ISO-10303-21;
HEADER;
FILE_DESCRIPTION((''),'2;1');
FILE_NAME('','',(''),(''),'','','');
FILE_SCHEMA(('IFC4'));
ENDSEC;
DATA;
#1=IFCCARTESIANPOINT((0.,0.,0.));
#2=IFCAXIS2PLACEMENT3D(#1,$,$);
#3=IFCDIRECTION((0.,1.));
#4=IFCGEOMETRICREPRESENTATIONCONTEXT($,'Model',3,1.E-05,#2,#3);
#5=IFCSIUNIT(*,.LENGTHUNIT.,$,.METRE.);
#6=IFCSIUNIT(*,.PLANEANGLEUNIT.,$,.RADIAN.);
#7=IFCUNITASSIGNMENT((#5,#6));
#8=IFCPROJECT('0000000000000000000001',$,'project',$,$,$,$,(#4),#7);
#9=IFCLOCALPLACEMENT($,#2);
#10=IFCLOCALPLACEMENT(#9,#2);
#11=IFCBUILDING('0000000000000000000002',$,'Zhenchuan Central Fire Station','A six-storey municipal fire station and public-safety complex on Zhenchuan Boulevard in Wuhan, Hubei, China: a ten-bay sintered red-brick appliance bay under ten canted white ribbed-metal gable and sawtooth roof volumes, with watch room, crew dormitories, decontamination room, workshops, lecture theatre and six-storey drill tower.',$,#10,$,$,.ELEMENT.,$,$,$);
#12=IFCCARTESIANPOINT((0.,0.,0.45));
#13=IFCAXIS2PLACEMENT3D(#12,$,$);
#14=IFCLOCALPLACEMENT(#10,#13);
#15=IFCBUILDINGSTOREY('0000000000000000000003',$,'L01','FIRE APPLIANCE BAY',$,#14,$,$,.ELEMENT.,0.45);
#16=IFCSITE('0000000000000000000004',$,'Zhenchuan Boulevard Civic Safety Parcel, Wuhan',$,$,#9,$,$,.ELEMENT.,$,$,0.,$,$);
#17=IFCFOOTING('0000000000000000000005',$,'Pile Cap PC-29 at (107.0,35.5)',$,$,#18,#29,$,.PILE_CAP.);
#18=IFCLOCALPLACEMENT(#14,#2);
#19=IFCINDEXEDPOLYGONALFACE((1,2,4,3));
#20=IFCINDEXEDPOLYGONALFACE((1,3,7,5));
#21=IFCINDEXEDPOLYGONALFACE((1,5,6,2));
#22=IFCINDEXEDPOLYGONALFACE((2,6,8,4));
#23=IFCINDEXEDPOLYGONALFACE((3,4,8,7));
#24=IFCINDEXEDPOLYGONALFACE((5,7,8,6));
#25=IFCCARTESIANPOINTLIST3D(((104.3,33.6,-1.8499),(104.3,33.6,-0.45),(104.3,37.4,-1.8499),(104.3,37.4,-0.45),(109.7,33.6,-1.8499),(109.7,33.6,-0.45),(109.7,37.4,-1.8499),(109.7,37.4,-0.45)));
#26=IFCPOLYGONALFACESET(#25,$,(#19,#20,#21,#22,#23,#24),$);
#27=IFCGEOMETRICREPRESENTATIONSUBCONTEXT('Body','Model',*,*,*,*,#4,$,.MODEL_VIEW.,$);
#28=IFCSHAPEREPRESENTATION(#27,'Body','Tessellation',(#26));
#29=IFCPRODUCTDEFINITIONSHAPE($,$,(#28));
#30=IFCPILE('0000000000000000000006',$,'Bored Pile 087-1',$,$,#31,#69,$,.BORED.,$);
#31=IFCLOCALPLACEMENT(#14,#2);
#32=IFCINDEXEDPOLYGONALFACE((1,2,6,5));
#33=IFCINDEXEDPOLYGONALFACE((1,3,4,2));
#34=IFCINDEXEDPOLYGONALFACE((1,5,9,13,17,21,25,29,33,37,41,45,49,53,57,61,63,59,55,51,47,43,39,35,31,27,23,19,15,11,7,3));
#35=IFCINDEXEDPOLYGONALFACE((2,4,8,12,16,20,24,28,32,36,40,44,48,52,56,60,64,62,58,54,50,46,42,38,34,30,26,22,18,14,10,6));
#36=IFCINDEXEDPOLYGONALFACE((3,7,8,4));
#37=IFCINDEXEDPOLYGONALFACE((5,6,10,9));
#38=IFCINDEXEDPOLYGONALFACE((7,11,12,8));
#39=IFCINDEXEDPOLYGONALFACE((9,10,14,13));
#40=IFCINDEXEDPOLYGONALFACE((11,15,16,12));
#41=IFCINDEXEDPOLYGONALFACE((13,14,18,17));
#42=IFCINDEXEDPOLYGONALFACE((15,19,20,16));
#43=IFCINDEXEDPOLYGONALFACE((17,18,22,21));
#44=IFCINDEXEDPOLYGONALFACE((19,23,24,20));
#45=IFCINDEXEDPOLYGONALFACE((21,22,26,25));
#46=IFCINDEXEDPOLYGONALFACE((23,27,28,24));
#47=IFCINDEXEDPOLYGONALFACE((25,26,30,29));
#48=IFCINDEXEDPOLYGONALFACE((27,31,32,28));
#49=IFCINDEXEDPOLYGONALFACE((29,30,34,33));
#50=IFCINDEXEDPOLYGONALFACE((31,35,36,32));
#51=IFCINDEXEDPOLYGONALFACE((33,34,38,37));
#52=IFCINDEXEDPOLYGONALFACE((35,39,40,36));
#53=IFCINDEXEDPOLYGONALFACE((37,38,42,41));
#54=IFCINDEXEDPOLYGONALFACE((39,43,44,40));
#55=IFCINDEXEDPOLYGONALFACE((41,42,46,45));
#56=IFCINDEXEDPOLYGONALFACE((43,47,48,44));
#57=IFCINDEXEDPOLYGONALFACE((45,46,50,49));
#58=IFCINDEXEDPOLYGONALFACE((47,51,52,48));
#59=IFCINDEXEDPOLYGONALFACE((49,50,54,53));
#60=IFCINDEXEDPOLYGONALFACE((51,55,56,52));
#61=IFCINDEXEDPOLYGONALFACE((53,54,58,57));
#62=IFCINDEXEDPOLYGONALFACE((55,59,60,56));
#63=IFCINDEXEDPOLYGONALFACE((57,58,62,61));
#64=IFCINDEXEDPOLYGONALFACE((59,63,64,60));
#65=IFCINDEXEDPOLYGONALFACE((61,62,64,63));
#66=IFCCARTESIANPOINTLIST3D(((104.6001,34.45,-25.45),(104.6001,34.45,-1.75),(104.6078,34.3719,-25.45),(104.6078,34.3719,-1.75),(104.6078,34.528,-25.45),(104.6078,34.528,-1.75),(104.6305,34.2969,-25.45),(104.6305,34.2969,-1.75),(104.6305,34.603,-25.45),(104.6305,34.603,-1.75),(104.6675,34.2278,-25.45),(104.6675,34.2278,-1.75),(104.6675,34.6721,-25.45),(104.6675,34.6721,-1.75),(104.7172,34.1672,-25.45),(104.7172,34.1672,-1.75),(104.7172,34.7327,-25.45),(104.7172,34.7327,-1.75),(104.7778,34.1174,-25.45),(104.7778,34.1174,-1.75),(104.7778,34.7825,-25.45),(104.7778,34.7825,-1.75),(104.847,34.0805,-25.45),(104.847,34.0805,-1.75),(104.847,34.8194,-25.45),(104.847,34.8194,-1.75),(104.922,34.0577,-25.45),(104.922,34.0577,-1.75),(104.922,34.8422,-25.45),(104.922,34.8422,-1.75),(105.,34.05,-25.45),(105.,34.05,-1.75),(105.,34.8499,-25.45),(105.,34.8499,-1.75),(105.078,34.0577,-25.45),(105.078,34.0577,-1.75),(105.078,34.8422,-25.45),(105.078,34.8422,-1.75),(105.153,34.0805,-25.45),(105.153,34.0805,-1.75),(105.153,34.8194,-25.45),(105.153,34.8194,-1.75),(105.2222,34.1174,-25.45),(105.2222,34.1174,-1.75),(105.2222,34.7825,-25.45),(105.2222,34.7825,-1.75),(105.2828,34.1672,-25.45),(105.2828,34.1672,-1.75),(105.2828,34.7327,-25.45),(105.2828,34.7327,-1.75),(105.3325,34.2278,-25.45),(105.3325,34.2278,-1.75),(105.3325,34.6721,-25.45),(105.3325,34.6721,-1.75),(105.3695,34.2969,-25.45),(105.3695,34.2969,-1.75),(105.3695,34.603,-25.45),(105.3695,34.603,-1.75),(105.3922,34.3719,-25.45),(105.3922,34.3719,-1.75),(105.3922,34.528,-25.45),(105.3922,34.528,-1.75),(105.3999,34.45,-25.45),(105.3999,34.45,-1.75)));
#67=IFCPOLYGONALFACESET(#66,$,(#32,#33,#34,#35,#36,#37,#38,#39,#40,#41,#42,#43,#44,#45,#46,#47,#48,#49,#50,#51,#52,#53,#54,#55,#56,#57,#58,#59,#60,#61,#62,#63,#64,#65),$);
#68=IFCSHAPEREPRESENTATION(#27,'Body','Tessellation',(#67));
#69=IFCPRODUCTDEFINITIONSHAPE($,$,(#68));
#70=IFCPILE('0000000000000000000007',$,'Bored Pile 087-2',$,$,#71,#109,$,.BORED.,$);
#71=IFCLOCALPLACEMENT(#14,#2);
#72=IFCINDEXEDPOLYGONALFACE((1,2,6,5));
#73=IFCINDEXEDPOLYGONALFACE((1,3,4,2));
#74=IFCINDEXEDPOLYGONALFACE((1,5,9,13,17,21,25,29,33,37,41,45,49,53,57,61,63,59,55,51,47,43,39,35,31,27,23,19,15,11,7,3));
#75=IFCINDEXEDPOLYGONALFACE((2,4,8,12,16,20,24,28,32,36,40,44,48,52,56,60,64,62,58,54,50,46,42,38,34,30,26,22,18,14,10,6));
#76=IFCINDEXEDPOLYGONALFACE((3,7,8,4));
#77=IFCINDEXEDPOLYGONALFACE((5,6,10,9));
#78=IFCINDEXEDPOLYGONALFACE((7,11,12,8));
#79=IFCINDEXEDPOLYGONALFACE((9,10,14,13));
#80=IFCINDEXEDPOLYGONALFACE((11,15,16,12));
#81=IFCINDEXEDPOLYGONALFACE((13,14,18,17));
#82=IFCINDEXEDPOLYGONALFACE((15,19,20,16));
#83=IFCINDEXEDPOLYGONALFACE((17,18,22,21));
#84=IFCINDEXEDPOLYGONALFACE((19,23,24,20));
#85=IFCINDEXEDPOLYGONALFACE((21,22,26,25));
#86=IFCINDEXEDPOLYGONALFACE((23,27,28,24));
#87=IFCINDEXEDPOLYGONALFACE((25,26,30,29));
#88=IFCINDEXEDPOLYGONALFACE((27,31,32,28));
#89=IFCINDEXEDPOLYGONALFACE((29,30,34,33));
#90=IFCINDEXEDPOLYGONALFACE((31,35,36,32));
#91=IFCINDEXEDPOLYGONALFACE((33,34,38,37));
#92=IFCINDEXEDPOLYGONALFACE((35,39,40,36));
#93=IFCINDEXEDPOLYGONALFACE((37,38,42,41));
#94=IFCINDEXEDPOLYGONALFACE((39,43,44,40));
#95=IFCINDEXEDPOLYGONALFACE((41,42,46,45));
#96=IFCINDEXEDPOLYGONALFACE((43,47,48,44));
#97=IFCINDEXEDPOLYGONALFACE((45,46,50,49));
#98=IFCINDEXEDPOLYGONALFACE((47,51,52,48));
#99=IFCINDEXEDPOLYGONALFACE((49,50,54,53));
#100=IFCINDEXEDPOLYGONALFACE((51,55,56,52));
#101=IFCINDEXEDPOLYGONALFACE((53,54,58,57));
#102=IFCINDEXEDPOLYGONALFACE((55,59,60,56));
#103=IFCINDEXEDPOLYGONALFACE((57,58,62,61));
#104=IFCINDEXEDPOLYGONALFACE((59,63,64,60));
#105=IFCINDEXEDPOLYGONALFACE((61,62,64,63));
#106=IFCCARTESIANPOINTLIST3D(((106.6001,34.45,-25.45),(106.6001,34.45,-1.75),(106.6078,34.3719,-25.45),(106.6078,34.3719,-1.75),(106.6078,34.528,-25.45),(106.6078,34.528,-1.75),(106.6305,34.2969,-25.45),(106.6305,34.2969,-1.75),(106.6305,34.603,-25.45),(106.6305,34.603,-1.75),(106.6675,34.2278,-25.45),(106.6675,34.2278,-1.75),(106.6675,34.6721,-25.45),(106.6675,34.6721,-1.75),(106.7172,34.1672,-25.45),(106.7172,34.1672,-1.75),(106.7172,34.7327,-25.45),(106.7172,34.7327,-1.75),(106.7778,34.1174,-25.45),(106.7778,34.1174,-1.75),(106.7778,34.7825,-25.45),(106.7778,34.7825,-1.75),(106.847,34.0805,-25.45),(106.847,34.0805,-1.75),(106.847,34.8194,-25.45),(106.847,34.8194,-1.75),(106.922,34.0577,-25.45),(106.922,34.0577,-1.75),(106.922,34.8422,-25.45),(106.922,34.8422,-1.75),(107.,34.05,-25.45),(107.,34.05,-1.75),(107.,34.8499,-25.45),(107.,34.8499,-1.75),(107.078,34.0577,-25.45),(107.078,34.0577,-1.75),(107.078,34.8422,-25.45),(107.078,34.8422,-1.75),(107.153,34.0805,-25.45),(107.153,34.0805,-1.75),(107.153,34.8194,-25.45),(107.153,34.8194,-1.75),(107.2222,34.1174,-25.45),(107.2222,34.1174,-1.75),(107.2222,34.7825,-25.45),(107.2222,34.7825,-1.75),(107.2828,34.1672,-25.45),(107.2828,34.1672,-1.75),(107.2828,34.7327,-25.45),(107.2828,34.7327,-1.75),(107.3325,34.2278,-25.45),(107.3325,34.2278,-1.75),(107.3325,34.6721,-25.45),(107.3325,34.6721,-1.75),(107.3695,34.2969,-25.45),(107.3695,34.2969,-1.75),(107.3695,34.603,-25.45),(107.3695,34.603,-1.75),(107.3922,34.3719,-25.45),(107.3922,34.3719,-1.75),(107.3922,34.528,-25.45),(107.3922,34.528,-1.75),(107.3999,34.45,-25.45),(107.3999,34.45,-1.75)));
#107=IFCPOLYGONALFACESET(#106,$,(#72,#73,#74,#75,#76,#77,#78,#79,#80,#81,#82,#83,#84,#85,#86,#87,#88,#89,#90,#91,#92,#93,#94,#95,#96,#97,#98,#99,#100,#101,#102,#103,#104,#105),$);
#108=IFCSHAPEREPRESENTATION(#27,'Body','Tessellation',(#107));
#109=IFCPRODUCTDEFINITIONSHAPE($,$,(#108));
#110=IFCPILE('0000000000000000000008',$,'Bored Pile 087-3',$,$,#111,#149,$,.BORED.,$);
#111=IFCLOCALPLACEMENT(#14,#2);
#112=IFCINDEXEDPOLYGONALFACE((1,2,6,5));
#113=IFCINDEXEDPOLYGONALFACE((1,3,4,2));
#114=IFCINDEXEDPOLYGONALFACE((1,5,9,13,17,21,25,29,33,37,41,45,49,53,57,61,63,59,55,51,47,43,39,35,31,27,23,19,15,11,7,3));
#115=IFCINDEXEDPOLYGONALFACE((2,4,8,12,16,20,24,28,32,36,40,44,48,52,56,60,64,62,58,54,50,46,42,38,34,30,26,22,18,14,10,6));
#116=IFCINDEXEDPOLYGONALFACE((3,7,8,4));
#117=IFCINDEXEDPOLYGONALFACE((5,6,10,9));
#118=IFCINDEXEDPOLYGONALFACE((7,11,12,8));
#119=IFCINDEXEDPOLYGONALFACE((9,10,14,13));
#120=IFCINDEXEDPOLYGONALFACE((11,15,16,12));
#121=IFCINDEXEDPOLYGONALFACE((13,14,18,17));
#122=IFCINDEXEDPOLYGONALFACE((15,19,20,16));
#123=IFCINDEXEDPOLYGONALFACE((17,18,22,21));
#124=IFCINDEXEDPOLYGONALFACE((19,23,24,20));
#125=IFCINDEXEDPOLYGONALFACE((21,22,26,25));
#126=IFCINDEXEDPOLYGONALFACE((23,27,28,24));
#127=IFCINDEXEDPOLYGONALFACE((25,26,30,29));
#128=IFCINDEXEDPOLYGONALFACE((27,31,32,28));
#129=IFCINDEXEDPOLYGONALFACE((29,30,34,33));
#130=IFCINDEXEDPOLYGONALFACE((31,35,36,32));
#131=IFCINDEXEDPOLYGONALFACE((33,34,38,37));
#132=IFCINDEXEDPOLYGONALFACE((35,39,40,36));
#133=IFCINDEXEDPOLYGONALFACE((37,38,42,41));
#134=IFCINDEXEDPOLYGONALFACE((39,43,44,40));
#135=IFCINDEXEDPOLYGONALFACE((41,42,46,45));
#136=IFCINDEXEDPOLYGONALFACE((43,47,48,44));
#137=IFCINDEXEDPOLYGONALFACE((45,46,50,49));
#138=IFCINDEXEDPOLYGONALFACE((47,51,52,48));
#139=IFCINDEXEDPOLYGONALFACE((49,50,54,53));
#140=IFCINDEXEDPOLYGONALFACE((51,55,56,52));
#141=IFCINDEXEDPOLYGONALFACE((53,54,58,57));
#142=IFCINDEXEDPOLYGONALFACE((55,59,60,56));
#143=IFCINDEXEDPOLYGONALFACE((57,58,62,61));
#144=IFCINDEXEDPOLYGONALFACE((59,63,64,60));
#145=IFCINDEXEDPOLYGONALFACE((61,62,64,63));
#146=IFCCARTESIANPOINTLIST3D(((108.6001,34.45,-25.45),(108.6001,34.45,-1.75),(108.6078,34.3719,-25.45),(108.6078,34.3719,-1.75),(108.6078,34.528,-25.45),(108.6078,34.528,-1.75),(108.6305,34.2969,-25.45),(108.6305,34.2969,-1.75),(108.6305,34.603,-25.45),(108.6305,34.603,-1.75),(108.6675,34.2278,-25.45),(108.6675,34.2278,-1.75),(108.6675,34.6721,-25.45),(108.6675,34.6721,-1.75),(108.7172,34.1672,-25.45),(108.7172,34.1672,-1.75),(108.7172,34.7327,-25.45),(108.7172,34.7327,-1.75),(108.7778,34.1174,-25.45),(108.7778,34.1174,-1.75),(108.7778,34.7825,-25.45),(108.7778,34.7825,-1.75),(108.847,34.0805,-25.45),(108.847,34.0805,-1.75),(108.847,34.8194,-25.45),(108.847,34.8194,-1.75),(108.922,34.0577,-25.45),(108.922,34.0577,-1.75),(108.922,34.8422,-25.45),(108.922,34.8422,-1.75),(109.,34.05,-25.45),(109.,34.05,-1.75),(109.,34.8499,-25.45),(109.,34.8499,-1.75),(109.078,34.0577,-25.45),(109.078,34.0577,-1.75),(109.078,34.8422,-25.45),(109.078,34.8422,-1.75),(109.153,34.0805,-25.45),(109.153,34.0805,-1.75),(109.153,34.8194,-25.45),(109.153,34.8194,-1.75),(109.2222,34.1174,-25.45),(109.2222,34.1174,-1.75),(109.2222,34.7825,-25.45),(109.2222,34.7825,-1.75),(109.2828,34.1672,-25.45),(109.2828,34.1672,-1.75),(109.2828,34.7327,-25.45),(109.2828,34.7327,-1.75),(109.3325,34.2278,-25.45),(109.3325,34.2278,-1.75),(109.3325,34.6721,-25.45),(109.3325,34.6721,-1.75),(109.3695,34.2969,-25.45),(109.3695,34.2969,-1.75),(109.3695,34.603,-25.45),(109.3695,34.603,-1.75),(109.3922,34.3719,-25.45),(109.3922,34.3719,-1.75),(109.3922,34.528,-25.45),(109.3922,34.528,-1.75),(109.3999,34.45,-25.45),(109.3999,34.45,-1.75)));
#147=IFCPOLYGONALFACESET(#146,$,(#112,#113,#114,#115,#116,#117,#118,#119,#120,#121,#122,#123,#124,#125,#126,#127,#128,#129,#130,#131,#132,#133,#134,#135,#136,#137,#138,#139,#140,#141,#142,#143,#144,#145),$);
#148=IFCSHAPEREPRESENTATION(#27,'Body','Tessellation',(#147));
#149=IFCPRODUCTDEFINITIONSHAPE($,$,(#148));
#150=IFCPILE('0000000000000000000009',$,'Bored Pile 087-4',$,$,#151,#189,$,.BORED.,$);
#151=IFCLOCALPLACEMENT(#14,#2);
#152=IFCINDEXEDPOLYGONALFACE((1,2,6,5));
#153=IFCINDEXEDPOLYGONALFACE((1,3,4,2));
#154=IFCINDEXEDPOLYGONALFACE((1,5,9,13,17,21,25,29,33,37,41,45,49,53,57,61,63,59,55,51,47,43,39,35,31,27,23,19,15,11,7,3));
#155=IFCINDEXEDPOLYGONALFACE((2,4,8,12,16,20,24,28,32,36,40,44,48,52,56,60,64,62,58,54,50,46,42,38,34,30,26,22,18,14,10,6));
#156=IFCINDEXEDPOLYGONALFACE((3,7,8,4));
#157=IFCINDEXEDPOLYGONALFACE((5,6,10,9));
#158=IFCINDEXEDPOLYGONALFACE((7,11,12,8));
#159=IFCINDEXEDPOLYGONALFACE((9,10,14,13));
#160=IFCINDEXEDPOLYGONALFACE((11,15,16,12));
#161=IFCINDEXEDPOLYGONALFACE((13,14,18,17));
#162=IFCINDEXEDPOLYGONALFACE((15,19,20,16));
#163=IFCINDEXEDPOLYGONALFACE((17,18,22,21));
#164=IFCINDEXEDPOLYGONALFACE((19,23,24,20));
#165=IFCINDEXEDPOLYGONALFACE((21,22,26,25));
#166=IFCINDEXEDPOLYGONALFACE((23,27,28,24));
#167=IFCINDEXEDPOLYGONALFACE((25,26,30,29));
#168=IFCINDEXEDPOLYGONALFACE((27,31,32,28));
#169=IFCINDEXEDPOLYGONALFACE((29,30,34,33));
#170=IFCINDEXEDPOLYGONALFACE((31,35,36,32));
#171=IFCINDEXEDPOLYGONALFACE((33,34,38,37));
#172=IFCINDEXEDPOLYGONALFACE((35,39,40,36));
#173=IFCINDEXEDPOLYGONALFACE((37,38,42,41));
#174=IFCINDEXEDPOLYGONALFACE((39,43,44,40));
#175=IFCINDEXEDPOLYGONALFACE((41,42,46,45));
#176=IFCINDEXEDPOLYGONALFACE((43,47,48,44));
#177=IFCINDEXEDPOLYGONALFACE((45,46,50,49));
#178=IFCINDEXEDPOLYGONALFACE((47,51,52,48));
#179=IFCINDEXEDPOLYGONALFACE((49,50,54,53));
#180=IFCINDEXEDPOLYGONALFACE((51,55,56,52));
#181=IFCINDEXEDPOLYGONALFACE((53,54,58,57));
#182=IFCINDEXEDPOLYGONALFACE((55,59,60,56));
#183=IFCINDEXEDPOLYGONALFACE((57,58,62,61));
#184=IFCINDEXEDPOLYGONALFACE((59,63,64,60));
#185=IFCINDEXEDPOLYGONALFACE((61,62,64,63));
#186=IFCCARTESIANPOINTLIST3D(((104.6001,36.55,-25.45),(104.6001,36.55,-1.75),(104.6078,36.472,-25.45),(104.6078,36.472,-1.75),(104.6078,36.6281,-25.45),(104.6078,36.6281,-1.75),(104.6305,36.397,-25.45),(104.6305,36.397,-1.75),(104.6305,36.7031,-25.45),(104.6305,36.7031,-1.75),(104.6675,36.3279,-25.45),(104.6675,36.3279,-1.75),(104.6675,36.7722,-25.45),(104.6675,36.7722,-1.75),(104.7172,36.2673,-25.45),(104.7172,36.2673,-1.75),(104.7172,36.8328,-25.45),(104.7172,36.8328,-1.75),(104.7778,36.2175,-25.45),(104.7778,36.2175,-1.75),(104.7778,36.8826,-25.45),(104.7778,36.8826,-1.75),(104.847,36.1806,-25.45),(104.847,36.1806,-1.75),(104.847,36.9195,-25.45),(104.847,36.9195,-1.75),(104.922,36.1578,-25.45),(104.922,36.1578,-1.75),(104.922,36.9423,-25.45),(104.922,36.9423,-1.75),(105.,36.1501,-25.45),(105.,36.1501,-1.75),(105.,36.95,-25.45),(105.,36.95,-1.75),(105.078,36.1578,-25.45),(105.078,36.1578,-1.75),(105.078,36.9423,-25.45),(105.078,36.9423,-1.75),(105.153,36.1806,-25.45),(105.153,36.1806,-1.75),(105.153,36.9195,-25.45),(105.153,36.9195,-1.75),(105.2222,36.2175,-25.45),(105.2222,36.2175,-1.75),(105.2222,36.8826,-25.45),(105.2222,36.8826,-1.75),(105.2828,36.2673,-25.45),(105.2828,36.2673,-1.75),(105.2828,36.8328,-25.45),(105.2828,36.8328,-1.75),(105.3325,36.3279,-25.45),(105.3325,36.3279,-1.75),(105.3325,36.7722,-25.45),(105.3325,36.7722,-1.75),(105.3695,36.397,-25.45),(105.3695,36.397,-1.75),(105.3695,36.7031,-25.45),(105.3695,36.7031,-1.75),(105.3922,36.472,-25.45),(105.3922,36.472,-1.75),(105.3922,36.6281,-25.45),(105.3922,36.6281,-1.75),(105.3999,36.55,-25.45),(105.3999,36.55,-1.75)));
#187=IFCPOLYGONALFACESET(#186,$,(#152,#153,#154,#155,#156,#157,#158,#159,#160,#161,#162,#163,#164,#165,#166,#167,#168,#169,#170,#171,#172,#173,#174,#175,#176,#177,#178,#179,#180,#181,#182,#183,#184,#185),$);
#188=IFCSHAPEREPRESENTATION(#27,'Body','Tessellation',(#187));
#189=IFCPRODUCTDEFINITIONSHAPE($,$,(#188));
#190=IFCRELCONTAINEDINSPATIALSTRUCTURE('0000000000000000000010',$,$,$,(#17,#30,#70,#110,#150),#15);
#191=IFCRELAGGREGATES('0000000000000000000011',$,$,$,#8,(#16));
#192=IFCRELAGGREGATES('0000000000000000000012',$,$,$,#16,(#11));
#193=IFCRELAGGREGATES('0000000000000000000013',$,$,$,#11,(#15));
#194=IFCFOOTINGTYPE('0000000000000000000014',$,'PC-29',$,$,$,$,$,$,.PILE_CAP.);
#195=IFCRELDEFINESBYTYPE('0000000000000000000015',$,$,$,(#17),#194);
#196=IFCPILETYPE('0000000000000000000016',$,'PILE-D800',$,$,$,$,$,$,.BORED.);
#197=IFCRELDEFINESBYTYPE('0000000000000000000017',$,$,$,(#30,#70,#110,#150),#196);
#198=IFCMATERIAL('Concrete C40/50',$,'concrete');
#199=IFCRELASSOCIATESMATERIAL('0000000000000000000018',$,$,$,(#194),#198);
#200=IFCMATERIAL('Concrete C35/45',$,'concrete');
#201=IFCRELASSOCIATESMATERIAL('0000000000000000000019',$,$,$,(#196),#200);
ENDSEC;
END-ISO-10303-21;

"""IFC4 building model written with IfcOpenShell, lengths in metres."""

from ifc_helpers import new_model, si_unit, direction, frame, origin, origin_2d, place, context, subcontext, project, spatial, rectangle, circle, extrude, material, material_profile, profile_set, type_object, element, save


model = new_model("IFC4")

# Units and contexts
model_context = context("Model", 3, precision=1e-05, world=origin(), true_north=direction((0.0, 1.0)))
body_context = subcontext(model_context, "Body", "Model", "MODEL_VIEW")
ifc_project = project(units=[si_unit("LENGTHUNIT", "METRE"), si_unit("PLANEANGLEUNIT", "RADIAN")], contexts=[model_context])

# Site, building, storey
site_placement = place(None, origin())
site = spatial("IfcSite", under=ifc_project, at=site_placement, Name="Zhenchuan Boulevard Civic Safety Parcel, Wuhan", CompositionType="ELEMENT", RefElevation=0.0)
building_placement = place(site_placement, origin())
building = spatial("IfcBuilding", under=site, at=building_placement, Name="Zhenchuan Central Fire Station", Description="A six-storey municipal fire station and public-safety complex on Zhenchuan Boulevard in Wuhan, Hubei, China: a ten-bay sintered red-brick appliance bay under ten canted white ribbed-metal gable and sawtooth roof volumes, with watch room, crew dormitories, decontamination room, workshops, lecture theatre and six-storey drill tower.", CompositionType="ELEMENT")
storey_placement = place(building_placement, frame((0.0, 0.0, 0.45)))
storey = spatial("IfcBuildingStorey", under=building, at=storey_placement, Name="L01", Description="FIRE APPLIANCE BAY", CompositionType="ELEMENT", Elevation=0.45)

# Footing
ifc_material_1 = material(Name="Concrete C40/50", Category="concrete")
footing_type = type_object("IfcFootingType", Name="PC-29", PredefinedType="PILE_CAP", material=ifc_material_1)
footing_placement = place(storey_placement, frame((107.0, 35.5, -1.8499), z_axis=(0.0, 0.0, 1.0), x_axis=(1.0, 0.0, 0.0)))
element("IfcFooting", 1, at=footing_placement, inside=storey, type_object=footing_type, Name="Pile Cap PC-29 at (107.0,35.5)", PredefinedType="PILE_CAP", context=body_context, shape_type="SweptSolid", body=[
    extrude(rectangle(XDim=5.3999, YDim=3.8, at=origin_2d()), origin(), (0.0, 0.0, 1.0), 1.3999),
])

# Piles
ifc_material_2 = material(Name="Concrete C35/45", Category="concrete")
ifc_material_profile_1 = material_profile(ifc_material_2, circle(Radius=0.3999, at=origin_2d()), Name="PILE D800")
ifc_profile_set_1 = profile_set([ifc_material_profile_1], Name="Concrete C35/45")
pile_type_1 = type_object("IfcPileType", Name="PILE-D800", PredefinedType="BORED", material=ifc_profile_set_1)
for number, where, z_axis, x_axis, name in (
    (2, (105.0, 34.45, -1.75), (0.0, 0.0, -1.0), (1.0, 0.0, 0.0), "Bored Pile 087-1"),
    (3, (107.0, 34.45, -1.75), (0.0, 0.0, -1.0), (1.0, 0.0, 0.0), "Bored Pile 087-2"),
    (4, (109.0, 34.45, -1.75), (0.0, 0.0, -1.0), (1.0, 0.0, 0.0), "Bored Pile 087-3"),
    (5, (105.0, 36.55, -1.75), (0.0, 0.0, -1.0), (1.0, 0.0, 0.0), "Bored Pile 087-4"),
):
    element("IfcPile", number, at=place(storey_placement, frame(where, z_axis=z_axis, x_axis=x_axis)), inside=storey, type_object=pile_type_1, Name=name, PredefinedType="BORED", context=body_context, shape_type="SweptSolid", body=[
        extrude(circle(Radius=0.3999, at=origin_2d()), origin(), (0.0, 0.0, 1.0), 23.7),
    ])

save(model, "model.ifc")
